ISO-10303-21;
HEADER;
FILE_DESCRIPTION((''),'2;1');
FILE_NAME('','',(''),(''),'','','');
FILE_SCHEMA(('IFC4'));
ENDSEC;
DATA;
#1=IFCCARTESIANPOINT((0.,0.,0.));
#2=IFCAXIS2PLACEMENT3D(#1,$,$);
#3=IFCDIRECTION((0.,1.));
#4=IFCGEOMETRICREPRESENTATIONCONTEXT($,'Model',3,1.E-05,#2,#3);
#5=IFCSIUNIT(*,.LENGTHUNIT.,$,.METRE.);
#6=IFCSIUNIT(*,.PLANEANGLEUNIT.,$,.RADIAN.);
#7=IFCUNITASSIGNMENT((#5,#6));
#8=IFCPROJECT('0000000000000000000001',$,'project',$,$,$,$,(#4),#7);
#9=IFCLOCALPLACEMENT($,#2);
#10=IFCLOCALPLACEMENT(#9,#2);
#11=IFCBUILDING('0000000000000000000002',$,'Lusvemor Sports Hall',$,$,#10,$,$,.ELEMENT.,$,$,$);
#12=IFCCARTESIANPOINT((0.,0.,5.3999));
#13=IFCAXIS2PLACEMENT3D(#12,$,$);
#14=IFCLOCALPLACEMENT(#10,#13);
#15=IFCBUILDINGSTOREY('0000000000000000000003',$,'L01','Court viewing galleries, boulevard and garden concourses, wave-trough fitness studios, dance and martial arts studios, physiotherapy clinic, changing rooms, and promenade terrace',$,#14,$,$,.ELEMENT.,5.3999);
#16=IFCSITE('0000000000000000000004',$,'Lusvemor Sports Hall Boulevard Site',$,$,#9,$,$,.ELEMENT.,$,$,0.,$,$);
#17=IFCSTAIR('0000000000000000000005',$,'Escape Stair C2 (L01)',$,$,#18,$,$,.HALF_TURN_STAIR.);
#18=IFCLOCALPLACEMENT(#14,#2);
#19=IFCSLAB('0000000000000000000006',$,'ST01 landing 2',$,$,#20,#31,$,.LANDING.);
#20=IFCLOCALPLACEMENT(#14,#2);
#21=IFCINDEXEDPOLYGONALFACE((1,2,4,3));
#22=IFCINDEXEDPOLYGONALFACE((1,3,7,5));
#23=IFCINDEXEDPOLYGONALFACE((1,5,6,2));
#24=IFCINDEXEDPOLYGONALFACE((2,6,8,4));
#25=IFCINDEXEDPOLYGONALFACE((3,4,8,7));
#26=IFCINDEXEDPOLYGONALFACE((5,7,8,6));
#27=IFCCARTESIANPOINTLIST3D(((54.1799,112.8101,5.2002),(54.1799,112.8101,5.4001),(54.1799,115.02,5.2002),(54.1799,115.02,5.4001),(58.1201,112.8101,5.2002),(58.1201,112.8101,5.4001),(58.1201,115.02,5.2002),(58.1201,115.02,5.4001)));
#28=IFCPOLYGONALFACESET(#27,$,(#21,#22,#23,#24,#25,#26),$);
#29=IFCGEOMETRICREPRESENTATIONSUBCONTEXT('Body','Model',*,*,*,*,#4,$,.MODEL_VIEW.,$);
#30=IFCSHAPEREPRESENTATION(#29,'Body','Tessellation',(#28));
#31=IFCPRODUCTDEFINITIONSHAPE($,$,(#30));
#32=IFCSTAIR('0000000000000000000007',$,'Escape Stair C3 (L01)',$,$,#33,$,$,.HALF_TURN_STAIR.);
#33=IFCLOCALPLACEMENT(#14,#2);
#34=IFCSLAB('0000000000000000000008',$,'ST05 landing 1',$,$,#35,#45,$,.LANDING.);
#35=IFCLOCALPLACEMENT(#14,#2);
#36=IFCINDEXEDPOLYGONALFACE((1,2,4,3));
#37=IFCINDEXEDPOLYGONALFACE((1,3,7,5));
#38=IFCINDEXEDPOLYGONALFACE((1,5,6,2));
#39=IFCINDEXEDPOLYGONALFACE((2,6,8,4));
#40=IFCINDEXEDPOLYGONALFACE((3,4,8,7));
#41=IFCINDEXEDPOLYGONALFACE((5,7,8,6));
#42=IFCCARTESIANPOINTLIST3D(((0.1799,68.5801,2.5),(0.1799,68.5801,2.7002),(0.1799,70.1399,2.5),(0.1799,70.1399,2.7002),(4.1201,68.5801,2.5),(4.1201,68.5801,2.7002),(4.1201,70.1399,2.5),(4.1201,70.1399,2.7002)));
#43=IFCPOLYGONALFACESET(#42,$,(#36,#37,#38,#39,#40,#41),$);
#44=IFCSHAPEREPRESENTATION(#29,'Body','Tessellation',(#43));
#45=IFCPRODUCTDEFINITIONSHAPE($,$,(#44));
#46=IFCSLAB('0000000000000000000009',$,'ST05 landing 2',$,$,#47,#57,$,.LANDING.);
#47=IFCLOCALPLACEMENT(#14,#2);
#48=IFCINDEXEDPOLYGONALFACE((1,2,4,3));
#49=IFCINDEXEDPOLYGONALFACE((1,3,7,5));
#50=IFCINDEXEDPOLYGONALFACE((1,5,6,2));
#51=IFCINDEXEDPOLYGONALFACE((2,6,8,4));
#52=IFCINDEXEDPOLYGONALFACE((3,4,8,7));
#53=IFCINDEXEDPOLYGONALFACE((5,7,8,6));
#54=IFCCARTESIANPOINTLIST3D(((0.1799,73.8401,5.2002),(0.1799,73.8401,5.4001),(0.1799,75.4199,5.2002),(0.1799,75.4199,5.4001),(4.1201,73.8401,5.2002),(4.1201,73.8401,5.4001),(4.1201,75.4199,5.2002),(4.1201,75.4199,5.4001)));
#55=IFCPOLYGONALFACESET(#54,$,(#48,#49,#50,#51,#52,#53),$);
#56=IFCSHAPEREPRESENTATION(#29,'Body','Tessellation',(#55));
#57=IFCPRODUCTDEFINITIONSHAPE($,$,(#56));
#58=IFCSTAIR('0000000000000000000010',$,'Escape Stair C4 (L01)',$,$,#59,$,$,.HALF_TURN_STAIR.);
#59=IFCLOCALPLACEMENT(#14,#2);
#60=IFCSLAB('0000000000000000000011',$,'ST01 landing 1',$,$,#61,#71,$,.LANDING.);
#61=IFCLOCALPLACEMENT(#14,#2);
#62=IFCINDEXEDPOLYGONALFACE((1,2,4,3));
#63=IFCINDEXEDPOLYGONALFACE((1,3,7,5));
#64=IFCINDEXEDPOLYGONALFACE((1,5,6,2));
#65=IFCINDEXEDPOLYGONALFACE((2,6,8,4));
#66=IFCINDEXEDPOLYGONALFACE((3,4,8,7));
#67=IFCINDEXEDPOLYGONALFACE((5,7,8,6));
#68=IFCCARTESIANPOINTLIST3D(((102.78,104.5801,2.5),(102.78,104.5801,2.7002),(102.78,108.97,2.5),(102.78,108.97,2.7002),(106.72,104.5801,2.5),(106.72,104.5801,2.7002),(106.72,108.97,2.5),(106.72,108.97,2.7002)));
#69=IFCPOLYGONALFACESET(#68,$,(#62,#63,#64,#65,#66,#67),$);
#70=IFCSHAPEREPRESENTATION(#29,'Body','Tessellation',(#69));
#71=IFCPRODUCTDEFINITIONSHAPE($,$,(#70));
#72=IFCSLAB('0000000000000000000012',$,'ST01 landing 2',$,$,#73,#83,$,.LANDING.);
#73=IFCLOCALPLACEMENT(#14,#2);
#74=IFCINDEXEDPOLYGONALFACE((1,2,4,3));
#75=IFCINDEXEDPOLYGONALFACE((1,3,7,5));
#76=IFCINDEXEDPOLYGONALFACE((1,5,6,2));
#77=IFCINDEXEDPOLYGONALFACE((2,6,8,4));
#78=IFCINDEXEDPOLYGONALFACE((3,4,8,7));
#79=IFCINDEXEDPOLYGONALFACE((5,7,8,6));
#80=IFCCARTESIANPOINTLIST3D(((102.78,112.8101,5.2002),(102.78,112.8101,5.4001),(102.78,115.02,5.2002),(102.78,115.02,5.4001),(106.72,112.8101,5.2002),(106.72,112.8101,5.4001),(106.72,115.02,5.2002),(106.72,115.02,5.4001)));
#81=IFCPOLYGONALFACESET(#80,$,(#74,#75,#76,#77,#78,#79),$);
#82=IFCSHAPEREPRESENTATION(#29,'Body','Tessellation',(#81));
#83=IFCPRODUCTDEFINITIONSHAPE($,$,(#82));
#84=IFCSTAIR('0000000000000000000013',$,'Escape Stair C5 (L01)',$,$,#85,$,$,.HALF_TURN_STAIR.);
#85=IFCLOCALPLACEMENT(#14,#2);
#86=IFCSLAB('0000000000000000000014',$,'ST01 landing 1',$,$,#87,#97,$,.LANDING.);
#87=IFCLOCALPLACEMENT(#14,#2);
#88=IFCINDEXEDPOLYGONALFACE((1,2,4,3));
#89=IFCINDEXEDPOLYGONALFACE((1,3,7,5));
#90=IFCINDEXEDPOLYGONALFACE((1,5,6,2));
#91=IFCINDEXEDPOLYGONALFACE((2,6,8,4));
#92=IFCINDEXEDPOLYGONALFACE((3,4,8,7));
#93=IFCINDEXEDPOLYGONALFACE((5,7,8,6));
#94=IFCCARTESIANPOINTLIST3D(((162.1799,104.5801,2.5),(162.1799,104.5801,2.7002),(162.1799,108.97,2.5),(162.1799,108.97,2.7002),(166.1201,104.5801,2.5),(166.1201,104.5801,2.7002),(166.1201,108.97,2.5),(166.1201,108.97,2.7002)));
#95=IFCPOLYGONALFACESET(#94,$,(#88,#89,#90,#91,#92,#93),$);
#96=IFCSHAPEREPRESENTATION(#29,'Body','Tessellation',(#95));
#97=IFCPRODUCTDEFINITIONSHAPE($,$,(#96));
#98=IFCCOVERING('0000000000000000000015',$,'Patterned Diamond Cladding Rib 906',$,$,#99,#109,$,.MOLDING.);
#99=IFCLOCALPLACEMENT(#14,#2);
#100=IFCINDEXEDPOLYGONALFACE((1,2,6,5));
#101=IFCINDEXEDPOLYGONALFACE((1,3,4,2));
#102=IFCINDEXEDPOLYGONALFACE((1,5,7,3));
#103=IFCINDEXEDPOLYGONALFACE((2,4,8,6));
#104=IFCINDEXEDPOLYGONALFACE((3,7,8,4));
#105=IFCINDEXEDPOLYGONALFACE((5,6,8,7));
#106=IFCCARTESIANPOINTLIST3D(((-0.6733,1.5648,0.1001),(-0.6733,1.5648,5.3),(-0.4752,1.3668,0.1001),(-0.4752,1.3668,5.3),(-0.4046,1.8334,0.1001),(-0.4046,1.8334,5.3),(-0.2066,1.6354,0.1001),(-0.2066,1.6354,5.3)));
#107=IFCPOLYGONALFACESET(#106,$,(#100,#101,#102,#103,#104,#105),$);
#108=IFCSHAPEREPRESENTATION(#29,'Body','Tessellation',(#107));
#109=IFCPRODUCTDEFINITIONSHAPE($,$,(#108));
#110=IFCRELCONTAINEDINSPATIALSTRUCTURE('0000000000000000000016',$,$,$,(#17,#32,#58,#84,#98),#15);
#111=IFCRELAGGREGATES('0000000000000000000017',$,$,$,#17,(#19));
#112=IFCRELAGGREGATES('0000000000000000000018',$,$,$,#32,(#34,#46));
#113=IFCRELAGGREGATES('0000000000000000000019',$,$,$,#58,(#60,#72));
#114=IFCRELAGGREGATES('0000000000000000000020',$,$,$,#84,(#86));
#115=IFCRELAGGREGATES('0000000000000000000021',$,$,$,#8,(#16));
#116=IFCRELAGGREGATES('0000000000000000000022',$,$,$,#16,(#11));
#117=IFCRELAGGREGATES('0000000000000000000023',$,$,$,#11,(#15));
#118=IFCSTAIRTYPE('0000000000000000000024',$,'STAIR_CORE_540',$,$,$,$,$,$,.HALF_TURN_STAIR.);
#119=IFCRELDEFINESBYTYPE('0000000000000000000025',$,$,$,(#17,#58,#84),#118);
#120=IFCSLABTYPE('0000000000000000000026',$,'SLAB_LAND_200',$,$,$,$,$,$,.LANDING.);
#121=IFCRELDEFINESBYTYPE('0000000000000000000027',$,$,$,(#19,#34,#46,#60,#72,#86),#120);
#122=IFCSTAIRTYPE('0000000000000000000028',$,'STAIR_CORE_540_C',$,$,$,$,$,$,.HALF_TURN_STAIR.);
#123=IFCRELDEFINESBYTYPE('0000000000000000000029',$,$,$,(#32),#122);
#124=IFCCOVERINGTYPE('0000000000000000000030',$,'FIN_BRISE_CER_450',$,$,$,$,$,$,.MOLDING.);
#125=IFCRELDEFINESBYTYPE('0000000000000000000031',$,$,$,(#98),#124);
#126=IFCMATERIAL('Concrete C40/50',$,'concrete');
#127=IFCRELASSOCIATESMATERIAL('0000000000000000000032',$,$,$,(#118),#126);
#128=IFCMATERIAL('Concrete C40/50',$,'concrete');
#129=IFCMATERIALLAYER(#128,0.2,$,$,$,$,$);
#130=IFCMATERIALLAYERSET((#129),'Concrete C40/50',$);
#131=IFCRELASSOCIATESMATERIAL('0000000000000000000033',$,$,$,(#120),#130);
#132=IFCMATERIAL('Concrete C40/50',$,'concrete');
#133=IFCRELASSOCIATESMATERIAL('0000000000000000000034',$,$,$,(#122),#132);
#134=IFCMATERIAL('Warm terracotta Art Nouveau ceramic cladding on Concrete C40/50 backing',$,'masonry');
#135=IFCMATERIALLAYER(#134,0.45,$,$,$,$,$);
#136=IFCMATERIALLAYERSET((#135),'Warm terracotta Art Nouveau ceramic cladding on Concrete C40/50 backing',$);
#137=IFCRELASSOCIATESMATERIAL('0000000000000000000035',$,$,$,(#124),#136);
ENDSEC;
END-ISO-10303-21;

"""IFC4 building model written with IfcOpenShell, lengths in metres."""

from ifc_helpers import new_model, si_unit, direction, frame, origin, origin_2d, place, context, subcontext, project, spatial, polyline, rectangle, outline, extrude, material, layer, layer_set, type_object, element, aggregate, save


model = new_model("IFC4")

# Units and contexts
model_context = context("Model", 3, precision=1e-05, world=origin(), true_north=direction((0.0, 1.0)))
body_context = subcontext(model_context, "Body", "Model", "MODEL_VIEW")
ifc_project = project(units=[si_unit("LENGTHUNIT", "METRE"), si_unit("PLANEANGLEUNIT", "RADIAN")], contexts=[model_context])

# Site, building, storey
site_placement = place(None, origin())
site = spatial("IfcSite", under=ifc_project, at=site_placement, Name="Lusvemor Sports Hall Boulevard Site", CompositionType="ELEMENT", RefElevation=0.0)
building_placement = place(site_placement, origin())
building = spatial("IfcBuilding", under=site, at=building_placement, Name="Lusvemor Sports Hall", CompositionType="ELEMENT")
storey_placement = place(building_placement, frame((0.0, 0.0, 5.3999)))
storey = spatial("IfcBuildingStorey", under=building, at=storey_placement, Name="L01", Description="Court viewing galleries, boulevard and garden concourses, wave-trough fitness studios, dance and martial arts studios, physiotherapy clinic, changing rooms, and promenade terrace", CompositionType="ELEMENT", Elevation=5.3999)

# Stairs, slabs
ifc_material_1 = material(Name="Concrete C40/50", Category="concrete")
stair_type_1 = type_object("IfcStairType", Name="STAIR_CORE_540", PredefinedType="HALF_TURN_STAIR", material=ifc_material_1)
ifc_material_2 = material(Name="Concrete C40/50", Category="concrete")
ifc_layer_1 = layer(ifc_material_2, 0.2)
ifc_layer_set_1 = layer_set([ifc_layer_1], Name="Concrete C40/50")
slab_type_1 = type_object("IfcSlabType", Name="SLAB_LAND_200", PredefinedType="LANDING", material=ifc_layer_set_1)
stair_1_placement = place(storey_placement, origin())
stair_1 = element("IfcStair", 1, at=stair_1_placement, inside=storey, type_object=stair_type_1, Name="Escape Stair C2 (L01)", PredefinedType="HALF_TURN_STAIR")
slab_1_placement = place(storey_placement, frame((0.0, 0.0, 5.2002)))
slab_1 = element("IfcSlab", 2, at=slab_1_placement, type_object=slab_type_1, Name="ST01 landing 2", PredefinedType="LANDING", context=body_context, shape_type="SweptSolid", body=[
    extrude(outline(polyline([(54.1799, 112.8101), (58.1201, 112.8101), (58.1201, 115.02), (54.1799, 115.02), (54.1799, 112.8101)])), origin(), (0.0, 0.0, 1.0), 0.2),
])
aggregate(stair_1, [slab_1])
ifc_material_3 = material(Name="Concrete C40/50", Category="concrete")
stair_type_2 = type_object("IfcStairType", Name="STAIR_CORE_540_C", PredefinedType="HALF_TURN_STAIR", material=ifc_material_3)
stair_2_placement = place(storey_placement, origin())
stair_2 = element("IfcStair", 3, at=stair_2_placement, inside=storey, type_object=stair_type_2, Name="Escape Stair C3 (L01)", PredefinedType="HALF_TURN_STAIR")
slab_2_placement = place(storey_placement, frame((0.0, 0.0, 2.5)))
slab_2 = element("IfcSlab", 4, at=slab_2_placement, type_object=slab_type_1, Name="ST05 landing 1", PredefinedType="LANDING", context=body_context, shape_type="SweptSolid", body=[
    extrude(outline(polyline([(0.1799, 68.5801), (4.1201, 68.5801), (4.1201, 70.1399), (0.1799, 70.1399), (0.1799, 68.5801)])), origin(), (0.0, 0.0, 1.0), 0.2002),
])
slab_3_placement = place(storey_placement, frame((0.0, 0.0, 5.2002)))
slab_3 = element("IfcSlab", 5, at=slab_3_placement, type_object=slab_type_1, Name="ST05 landing 2", PredefinedType="LANDING", context=body_context, shape_type="SweptSolid", body=[
    extrude(outline(polyline([(0.1799, 73.8401), (4.1201, 73.8401), (4.1201, 75.4199), (0.1799, 75.4199), (0.1799, 73.8401)])), origin(), (0.0, 0.0, 1.0), 0.2),
])
aggregate(stair_2, [slab_2, slab_3])
stair_3_placement = place(storey_placement, origin())
stair_3 = element("IfcStair", 6, at=stair_3_placement, inside=storey, type_object=stair_type_1, Name="Escape Stair C4 (L01)", PredefinedType="HALF_TURN_STAIR")
slab_4_placement = place(storey_placement, frame((0.0, 0.0, 2.5)))
slab_4 = element("IfcSlab", 7, at=slab_4_placement, type_object=slab_type_1, Name="ST01 landing 1", PredefinedType="LANDING", context=body_context, shape_type="SweptSolid", body=[
    extrude(outline(polyline([(102.78, 104.5801), (106.72, 104.5801), (106.72, 108.97), (102.78, 108.97), (102.78, 104.5801)])), origin(), (0.0, 0.0, 1.0), 0.2002),
])
slab_5_placement = place(storey_placement, frame((0.0, 0.0, 5.2002)))
slab_5 = element("IfcSlab", 8, at=slab_5_placement, type_object=slab_type_1, Name="ST01 landing 2", PredefinedType="LANDING", context=body_context, shape_type="SweptSolid", body=[
    extrude(outline(polyline([(102.78, 112.8101), (106.72, 112.8101), (106.72, 115.02), (102.78, 115.02), (102.78, 112.8101)])), origin(), (0.0, 0.0, 1.0), 0.2),
])
aggregate(stair_3, [slab_4, slab_5])

# Stair, slab
stair_4_placement = place(storey_placement, origin())
stair_4 = element("IfcStair", 9, at=stair_4_placement, inside=storey, type_object=stair_type_1, Name="Escape Stair C5 (L01)", PredefinedType="HALF_TURN_STAIR")
slab_6_placement = place(storey_placement, frame((0.0, 0.0, 2.5)))
slab_6 = element("IfcSlab", 10, at=slab_6_placement, type_object=slab_type_1, Name="ST01 landing 1", PredefinedType="LANDING", context=body_context, shape_type="SweptSolid", body=[
    extrude(outline(polyline([(162.1799, 104.5801), (166.1201, 104.5801), (166.1201, 108.97), (162.1799, 108.97), (162.1799, 104.5801)])), origin(), (0.0, 0.0, 1.0), 0.2002),
])
aggregate(stair_4, [slab_6])

# Covering
ifc_material_4 = material(Name="Warm terracotta Art Nouveau ceramic cladding on Concrete C40/50 backing", Category="masonry")
ifc_layer_2 = layer(ifc_material_4, 0.45)
ifc_layer_set_2 = layer_set([ifc_layer_2], Name="Warm terracotta Art Nouveau ceramic cladding on Concrete C40/50 backing")
covering_type = type_object("IfcCoveringType", Name="FIN_BRISE_CER_450", PredefinedType="MOLDING", material=ifc_layer_set_2)
covering_placement = place(storey_placement, frame((-0.4399, 1.6001, 0.1001), z_axis=(0.0, 0.0, 1.0), x_axis=(0.707107, 0.707107, 0.0)))
element("IfcCovering", 11, at=covering_placement, inside=storey, type_object=covering_type, Name="Patterned Diamond Cladding Rib 906", PredefinedType="MOLDING", context=body_context, shape_type="SweptSolid", body=[
    extrude(rectangle(XDim=0.3799, YDim=0.28, at=origin_2d()), origin(), (0.0, 0.0, 1.0), 5.2),
])

save(model, "model.ifc")
